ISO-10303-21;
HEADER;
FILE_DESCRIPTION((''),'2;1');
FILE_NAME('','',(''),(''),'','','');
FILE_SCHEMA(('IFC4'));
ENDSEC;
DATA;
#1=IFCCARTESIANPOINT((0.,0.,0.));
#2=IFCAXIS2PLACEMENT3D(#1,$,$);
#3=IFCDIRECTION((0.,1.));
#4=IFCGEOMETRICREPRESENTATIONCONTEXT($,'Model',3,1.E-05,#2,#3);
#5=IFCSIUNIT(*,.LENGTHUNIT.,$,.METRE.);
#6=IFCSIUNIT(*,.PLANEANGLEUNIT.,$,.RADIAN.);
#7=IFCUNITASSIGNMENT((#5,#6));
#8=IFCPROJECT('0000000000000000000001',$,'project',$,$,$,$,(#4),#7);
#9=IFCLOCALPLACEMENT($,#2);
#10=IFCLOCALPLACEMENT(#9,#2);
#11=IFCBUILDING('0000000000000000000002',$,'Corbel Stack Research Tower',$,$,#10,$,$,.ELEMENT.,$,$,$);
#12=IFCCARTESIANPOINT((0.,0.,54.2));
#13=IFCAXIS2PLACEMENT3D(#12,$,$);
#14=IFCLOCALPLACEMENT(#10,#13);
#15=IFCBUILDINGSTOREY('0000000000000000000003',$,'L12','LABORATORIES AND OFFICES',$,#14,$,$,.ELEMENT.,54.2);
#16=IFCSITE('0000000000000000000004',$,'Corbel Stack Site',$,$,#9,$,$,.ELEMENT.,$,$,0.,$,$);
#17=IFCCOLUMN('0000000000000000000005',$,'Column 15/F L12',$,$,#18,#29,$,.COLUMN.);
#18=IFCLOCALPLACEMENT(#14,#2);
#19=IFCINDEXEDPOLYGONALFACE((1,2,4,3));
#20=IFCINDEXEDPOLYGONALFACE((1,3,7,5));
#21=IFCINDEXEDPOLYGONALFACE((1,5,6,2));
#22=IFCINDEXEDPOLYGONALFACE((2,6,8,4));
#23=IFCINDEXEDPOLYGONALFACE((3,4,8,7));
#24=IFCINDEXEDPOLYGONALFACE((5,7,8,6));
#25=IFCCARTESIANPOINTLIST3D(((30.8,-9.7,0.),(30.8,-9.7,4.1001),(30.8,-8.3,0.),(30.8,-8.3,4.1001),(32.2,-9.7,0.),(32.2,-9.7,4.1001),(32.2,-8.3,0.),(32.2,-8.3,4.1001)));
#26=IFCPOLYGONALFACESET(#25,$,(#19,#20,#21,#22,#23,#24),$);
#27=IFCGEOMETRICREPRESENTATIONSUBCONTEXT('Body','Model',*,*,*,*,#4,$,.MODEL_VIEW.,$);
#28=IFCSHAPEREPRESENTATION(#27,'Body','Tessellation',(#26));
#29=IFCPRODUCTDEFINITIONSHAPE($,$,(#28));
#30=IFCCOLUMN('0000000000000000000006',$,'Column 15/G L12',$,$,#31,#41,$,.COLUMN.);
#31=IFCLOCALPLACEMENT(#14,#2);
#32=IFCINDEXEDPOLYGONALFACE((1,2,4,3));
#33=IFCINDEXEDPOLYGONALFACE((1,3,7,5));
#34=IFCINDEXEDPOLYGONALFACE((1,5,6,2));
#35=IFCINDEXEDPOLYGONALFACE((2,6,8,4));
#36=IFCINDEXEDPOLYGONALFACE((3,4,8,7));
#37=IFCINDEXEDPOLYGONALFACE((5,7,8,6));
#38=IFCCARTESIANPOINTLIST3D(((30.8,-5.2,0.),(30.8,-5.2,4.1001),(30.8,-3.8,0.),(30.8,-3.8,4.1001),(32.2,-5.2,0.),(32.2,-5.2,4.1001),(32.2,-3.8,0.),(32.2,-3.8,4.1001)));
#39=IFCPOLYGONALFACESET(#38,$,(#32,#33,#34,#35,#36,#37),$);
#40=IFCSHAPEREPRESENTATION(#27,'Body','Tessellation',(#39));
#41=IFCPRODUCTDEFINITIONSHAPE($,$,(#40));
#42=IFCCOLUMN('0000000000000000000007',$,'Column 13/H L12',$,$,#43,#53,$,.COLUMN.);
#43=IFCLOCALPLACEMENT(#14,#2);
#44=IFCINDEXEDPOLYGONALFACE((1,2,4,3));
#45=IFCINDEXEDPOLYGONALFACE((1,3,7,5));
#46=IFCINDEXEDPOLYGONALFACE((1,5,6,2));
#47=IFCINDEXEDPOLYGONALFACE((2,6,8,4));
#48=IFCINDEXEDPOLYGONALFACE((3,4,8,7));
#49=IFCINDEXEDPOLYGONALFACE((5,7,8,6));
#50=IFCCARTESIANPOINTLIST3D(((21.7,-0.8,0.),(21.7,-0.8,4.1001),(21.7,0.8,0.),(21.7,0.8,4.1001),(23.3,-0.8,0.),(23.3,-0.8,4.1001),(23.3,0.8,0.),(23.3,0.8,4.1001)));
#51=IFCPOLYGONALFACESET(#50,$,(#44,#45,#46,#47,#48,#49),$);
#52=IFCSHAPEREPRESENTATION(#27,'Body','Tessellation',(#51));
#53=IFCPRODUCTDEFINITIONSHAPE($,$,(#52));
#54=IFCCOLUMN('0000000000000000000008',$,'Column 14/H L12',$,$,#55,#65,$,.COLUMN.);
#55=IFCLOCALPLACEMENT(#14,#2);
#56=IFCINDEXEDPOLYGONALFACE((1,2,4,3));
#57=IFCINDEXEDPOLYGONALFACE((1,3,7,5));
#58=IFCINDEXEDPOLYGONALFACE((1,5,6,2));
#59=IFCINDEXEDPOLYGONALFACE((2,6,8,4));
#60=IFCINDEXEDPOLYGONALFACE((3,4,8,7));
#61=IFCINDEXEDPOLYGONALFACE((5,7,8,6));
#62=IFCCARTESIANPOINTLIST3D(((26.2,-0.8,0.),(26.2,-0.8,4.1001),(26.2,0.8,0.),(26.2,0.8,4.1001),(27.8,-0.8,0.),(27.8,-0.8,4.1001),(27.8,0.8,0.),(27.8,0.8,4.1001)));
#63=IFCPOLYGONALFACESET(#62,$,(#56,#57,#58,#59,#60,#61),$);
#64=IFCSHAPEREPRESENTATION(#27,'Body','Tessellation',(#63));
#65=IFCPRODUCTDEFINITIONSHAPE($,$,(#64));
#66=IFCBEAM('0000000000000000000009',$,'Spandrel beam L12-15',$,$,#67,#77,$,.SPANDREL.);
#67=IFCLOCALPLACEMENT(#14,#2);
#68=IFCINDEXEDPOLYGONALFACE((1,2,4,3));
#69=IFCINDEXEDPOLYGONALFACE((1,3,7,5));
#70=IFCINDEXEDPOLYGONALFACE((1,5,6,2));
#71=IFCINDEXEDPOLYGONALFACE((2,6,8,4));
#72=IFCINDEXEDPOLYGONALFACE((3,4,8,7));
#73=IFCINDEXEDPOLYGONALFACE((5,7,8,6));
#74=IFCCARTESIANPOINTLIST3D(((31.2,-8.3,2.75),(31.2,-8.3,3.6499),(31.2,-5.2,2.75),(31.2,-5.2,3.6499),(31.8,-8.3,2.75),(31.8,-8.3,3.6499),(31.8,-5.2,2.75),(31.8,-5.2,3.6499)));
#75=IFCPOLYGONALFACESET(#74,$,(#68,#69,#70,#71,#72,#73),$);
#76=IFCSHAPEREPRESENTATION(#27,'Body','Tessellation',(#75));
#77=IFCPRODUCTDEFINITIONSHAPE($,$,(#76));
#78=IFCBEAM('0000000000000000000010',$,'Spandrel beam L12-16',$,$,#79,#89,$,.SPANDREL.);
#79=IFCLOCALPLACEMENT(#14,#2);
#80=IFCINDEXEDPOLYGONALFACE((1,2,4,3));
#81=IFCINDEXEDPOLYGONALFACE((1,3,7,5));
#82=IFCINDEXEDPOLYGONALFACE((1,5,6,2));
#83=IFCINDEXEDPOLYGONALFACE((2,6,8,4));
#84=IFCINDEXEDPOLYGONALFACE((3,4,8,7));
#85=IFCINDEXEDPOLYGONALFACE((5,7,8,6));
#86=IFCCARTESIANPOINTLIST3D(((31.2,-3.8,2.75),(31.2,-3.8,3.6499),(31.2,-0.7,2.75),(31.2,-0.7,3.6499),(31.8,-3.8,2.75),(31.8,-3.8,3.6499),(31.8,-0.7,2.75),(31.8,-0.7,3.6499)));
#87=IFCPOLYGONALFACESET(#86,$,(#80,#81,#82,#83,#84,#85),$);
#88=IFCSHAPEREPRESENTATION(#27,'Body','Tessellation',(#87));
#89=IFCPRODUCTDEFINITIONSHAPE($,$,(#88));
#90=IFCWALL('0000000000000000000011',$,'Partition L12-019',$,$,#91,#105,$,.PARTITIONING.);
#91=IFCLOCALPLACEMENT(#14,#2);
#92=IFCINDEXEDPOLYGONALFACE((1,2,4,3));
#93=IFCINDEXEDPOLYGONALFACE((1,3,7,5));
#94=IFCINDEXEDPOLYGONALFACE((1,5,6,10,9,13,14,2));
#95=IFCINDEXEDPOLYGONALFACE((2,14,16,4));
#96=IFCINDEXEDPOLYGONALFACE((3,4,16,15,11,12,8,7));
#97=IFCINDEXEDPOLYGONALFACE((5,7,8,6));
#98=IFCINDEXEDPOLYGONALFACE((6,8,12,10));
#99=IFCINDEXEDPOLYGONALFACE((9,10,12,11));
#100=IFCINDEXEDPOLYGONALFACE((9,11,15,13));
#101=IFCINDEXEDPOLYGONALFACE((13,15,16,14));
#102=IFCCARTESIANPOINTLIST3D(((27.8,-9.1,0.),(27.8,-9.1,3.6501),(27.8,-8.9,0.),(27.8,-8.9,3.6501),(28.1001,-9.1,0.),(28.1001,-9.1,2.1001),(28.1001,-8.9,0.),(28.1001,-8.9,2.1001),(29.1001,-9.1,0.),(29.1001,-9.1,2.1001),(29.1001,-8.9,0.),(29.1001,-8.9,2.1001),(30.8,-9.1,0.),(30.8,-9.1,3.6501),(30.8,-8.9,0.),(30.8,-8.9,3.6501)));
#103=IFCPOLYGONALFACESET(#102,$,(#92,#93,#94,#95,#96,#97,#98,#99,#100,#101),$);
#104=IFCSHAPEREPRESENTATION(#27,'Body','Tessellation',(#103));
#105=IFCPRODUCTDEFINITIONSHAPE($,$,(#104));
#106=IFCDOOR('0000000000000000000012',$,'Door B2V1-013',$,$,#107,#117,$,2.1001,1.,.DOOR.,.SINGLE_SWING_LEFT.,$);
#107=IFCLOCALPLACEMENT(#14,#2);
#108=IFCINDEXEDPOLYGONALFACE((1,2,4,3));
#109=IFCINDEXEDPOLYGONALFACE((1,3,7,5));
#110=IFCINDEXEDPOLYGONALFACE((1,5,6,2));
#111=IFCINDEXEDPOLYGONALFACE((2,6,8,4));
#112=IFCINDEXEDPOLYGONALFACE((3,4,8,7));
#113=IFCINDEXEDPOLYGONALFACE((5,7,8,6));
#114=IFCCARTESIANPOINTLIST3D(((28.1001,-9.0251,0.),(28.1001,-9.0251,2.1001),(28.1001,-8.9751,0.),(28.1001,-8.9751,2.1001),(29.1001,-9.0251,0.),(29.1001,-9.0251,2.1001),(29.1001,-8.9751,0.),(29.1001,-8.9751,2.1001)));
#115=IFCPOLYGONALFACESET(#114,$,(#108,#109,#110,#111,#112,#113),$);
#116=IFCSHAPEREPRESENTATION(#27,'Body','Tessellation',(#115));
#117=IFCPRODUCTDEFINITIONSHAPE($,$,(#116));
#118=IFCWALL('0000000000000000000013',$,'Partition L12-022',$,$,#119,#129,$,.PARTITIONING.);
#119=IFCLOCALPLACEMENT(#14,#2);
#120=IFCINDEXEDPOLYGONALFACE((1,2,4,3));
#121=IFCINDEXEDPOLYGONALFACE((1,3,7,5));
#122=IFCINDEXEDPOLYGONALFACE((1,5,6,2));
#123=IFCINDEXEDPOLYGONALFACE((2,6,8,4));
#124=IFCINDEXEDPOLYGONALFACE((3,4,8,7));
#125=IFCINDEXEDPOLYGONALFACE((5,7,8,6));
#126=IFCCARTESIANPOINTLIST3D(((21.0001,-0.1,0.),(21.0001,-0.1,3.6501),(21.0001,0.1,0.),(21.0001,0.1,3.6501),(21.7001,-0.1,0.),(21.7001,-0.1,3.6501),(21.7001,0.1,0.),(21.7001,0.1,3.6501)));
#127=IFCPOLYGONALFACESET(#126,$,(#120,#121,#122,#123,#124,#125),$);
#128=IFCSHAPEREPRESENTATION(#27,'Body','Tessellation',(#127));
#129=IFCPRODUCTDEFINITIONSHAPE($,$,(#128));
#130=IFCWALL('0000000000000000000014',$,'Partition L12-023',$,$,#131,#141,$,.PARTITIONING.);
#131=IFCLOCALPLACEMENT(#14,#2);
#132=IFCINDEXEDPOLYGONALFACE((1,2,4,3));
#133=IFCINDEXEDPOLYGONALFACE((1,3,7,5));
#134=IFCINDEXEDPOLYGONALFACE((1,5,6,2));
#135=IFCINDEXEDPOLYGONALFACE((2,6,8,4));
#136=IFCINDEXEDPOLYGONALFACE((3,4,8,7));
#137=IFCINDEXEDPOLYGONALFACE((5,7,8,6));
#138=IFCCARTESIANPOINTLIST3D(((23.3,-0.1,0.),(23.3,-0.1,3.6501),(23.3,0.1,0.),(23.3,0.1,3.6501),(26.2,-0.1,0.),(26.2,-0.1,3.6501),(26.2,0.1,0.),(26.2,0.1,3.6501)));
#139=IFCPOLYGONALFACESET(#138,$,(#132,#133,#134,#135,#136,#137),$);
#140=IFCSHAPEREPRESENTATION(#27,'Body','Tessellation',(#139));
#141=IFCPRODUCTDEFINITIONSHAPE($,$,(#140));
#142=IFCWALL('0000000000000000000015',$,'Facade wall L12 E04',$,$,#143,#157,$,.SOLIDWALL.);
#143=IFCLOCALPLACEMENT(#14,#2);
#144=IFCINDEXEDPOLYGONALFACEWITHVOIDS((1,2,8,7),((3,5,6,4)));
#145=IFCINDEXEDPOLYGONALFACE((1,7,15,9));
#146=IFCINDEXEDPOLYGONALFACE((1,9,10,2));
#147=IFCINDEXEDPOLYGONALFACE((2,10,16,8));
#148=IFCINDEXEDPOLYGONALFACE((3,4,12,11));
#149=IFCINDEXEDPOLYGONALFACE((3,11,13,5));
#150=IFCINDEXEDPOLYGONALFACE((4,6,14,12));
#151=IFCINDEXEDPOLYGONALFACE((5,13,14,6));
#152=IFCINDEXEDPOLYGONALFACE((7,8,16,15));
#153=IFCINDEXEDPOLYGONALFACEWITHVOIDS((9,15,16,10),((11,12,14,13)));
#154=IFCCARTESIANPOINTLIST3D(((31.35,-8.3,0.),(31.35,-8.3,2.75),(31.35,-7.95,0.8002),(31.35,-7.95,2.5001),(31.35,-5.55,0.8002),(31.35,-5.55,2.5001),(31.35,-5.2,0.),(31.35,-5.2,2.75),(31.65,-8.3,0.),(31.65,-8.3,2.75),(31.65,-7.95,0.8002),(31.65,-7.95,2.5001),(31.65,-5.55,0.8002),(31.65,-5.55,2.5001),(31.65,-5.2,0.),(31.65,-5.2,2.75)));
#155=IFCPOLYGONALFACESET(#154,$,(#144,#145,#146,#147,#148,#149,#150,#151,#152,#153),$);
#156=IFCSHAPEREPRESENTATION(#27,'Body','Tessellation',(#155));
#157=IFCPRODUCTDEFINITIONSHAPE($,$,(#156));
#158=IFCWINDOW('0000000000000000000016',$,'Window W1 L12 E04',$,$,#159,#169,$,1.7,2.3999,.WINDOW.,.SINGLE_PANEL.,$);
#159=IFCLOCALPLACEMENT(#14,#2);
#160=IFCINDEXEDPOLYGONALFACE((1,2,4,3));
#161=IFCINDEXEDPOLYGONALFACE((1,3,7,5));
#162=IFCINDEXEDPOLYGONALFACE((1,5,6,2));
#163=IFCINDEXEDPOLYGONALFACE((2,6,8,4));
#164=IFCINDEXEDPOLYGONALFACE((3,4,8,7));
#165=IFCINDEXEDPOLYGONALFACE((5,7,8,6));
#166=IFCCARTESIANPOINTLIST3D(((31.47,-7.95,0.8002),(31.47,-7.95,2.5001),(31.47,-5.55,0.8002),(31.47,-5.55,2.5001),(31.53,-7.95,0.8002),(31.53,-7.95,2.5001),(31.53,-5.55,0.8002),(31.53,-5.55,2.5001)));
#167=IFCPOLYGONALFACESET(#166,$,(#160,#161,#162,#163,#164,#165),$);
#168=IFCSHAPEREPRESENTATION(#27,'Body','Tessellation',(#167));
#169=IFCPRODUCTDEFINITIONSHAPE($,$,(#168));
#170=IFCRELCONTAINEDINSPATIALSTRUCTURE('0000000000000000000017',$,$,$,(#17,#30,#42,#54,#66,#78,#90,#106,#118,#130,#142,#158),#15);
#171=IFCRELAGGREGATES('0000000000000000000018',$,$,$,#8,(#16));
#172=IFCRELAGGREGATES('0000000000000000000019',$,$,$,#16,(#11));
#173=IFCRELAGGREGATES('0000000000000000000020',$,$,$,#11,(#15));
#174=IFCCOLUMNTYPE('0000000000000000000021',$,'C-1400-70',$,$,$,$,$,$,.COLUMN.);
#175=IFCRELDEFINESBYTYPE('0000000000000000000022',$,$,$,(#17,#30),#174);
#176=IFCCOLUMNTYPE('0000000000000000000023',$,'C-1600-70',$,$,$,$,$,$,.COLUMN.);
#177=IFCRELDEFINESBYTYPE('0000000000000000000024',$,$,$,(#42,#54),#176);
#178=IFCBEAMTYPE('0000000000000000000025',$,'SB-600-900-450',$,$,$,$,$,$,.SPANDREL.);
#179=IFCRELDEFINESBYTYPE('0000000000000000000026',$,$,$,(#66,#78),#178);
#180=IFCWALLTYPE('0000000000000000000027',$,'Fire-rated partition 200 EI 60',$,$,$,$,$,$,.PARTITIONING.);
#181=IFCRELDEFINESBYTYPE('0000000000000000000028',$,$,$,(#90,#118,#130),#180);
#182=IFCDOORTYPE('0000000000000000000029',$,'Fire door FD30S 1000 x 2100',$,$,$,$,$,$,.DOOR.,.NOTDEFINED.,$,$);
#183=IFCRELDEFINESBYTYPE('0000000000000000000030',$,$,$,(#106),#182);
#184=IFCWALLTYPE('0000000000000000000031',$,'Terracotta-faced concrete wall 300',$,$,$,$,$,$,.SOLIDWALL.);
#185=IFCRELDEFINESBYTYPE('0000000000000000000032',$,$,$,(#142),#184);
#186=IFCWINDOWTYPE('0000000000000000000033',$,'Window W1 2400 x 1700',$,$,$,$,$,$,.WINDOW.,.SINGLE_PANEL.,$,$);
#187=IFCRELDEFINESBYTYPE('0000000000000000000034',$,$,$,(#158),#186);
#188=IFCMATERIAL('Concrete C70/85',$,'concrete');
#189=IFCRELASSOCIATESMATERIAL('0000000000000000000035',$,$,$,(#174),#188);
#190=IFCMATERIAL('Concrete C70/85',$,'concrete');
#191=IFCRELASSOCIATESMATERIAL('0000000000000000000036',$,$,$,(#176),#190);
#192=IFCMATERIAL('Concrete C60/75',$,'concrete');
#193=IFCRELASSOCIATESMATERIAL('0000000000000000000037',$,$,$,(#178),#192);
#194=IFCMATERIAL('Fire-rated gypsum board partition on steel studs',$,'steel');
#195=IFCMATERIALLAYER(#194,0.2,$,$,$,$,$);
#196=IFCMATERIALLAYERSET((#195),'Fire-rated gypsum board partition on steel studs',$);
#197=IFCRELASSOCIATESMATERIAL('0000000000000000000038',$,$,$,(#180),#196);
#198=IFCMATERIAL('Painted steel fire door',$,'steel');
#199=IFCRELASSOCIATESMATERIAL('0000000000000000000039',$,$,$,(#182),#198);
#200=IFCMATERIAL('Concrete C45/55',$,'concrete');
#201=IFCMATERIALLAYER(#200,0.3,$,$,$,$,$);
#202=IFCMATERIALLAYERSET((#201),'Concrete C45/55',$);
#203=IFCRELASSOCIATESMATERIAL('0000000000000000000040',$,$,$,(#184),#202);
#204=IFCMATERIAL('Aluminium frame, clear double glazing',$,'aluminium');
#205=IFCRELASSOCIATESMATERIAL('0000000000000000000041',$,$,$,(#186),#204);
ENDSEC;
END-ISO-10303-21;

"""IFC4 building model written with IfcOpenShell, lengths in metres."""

from ifc_helpers import new_model, si_unit, direction, frame, frame_2d, origin, origin_2d, place, context, subcontext, project, spatial, rectangle, extrude, material, layer, layer_set, material_profile, profile_set, type_object, element, fill, save


model = new_model("IFC4")

# Units and contexts
model_context = context("Model", 3, precision=1e-05, world=origin(), true_north=direction((0.0, 1.0)))
body_context = subcontext(model_context, "Body", "Model", "MODEL_VIEW")
ifc_project = project(units=[si_unit("LENGTHUNIT", "METRE"), si_unit("PLANEANGLEUNIT", "RADIAN")], contexts=[model_context])

# Site, building, storey
site_placement = place(None, origin())
site = spatial("IfcSite", under=ifc_project, at=site_placement, Name="Corbel Stack Site", CompositionType="ELEMENT", RefElevation=0.0)
building_placement = place(site_placement, origin())
building = spatial("IfcBuilding", under=site, at=building_placement, Name="Corbel Stack Research Tower", CompositionType="ELEMENT")
storey_placement = place(building_placement, frame((0.0, 0.0, 54.2)))
storey = spatial("IfcBuildingStorey", under=building, at=storey_placement, Name="L12", Description="LABORATORIES AND OFFICES", CompositionType="ELEMENT", Elevation=54.2)

# Columns
ifc_material_1 = material(Name="Concrete C70/85", Category="concrete")
ifc_material_profile_1 = material_profile(ifc_material_1, rectangle(XDim=1.3999, YDim=1.3999, at=origin_2d()), Name="RC 1400 x 1400")
ifc_profile_set_1 = profile_set([ifc_material_profile_1], Name="Concrete C70/85")
column_type_1 = type_object("IfcColumnType", Name="C-1400-70", PredefinedType="COLUMN", material=ifc_profile_set_1)
for number, where, z_axis, x_axis, name in (
    (1, (31.5, -9.0, 0.0), (0.0, 0.0, 1.0), (1.0, 0.0, 0.0), "Column 15/F L12"),
    (2, (31.5, -4.5, 0.0), (0.0, 0.0, 1.0), (1.0, 0.0, 0.0), "Column 15/G L12"),
):
    element("IfcColumn", number, at=place(storey_placement, frame(where, z_axis=z_axis, x_axis=x_axis)), inside=storey, type_object=column_type_1, Name=name, PredefinedType="COLUMN", context=body_context, shape_type="SweptSolid", body=[
        extrude(rectangle(XDim=1.3999, YDim=1.3999, at=origin_2d()), origin(), (0.0, 0.0, 1.0), 4.1001),
    ])
ifc_material_2 = material(Name="Concrete C70/85", Category="concrete")
ifc_material_profile_2 = material_profile(ifc_material_2, rectangle(XDim=1.6001, YDim=1.6001, at=origin_2d()), Name="RC 1600 x 1600")
ifc_profile_set_2 = profile_set([ifc_material_profile_2], Name="Concrete C70/85")
column_type_2 = type_object("IfcColumnType", Name="C-1600-70", PredefinedType="COLUMN", material=ifc_profile_set_2)
for number, where, z_axis, x_axis, name in (
    (3, (22.5, 0.0, 0.0), (0.0, 0.0, 1.0), (1.0, 0.0, 0.0), "Column 13/H L12"),
    (4, (27.0, 0.0, 0.0), (0.0, 0.0, 1.0), (1.0, 0.0, 0.0), "Column 14/H L12"),
):
    element("IfcColumn", number, at=place(storey_placement, frame(where, z_axis=z_axis, x_axis=x_axis)), inside=storey, type_object=column_type_2, Name=name, PredefinedType="COLUMN", context=body_context, shape_type="SweptSolid", body=[
        extrude(rectangle(XDim=1.6001, YDim=1.6001, at=origin_2d()), origin(), (0.0, 0.0, 1.0), 4.1001),
    ])

# Beams
ifc_material_3 = material(Name="Concrete C60/75", Category="concrete")
ifc_material_profile_3 = material_profile(ifc_material_3, rectangle(XDim=0.6001, YDim=0.8999, at=origin_2d()), Name="RC 600 x 900")
ifc_profile_set_3 = profile_set([ifc_material_profile_3], Name="Concrete C60/75")
beam_type = type_object("IfcBeamType", Name="SB-600-900-450", PredefinedType="SPANDREL", material=ifc_profile_set_3)
for number, where, z_axis, x_axis, name in (
    (5, (31.5, -8.3, 3.2), (0.0, 1.0, 0.0), (-1.0, 0.0, 0.0), "Spandrel beam L12-15"),
    (6, (31.5, -3.8, 3.2), (0.0, 1.0, 0.0), (-1.0, 0.0, 0.0), "Spandrel beam L12-16"),
):
    element("IfcBeam", number, at=place(storey_placement, frame(where, z_axis=z_axis, x_axis=x_axis)), inside=storey, type_object=beam_type, Name=name, PredefinedType="SPANDREL", context=body_context, shape_type="SweptSolid", body=[
        extrude(rectangle(XDim=0.6001, YDim=0.8999, at=origin_2d()), origin(), (0.0, 0.0, 1.0), 3.1001),
    ])

# Wall, opening, door
ifc_material_4 = material(Name="Fire-rated gypsum board partition on steel studs", Category="steel")
ifc_layer_1 = layer(ifc_material_4, 0.2)
ifc_layer_set_1 = layer_set([ifc_layer_1], Name="Fire-rated gypsum board partition on steel studs")
wall_type_1 = type_object("IfcWallType", Name="Fire-rated partition 200 EI 60", PredefinedType="PARTITIONING", material=ifc_layer_set_1)
wall_1_placement = place(storey_placement, frame((27.8, -9.0, 0.0), z_axis=(0.0, 0.0, 1.0), x_axis=(1.0, 0.0, 0.0)))
wall_1 = element("IfcWall", 7, at=wall_1_placement, inside=storey, type_object=wall_type_1, Name="Partition L12-019", PredefinedType="PARTITIONING", context=body_context, shape_type="SweptSolid", body=[
    extrude(rectangle(XDim=3.0, YDim=0.2, at=frame_2d((1.5, 0.0))), origin(), (0.0, 0.0, 1.0), 3.6501),
])
opening_1_placement = place(wall_1_placement, frame((0.3, 0.0, 0.0)))
opening_1 = element("IfcOpeningElement", 8, at=opening_1_placement, cuts=wall_1, PredefinedType="OPENING", context=body_context, shape_type="SweptSolid", body=[
    extrude(rectangle(XDim=1.0, YDim=2.1001, at=frame_2d((0.5, 1.05))), frame((0.0, 0.1099, 0.0), z_axis=(0.0, -1.0, 0.0), x_axis=(1.0, 0.0, 0.0)), (0.0, 0.0, 1.0), 0.22),
])
ifc_material_5 = material(Name="Painted steel fire door", Category="steel")
door_type = type_object("IfcDoorType", Name="Fire door FD30S 1000 x 2100", OperationType="NOTDEFINED", PredefinedType="DOOR", material=ifc_material_5)
door_placement = place(opening_1_placement, origin())
door = element("IfcDoor", 9, at=door_placement, inside=storey, type_object=door_type, Name="Door B2V1-013", OperationType="SINGLE_SWING_LEFT", OverallHeight=2.1001, OverallWidth=1.0, PredefinedType="DOOR", context=body_context, shape_type="SweptSolid", body=[
    extrude(rectangle(XDim=1.0, YDim=2.1001, at=frame_2d((0.5, 1.05))), frame((0.0, 0.0249, 0.0), z_axis=(0.0, -1.0, 0.0), x_axis=(1.0, 0.0, 0.0)), (0.0, 0.0, 1.0), 0.05),
])
fill(opening_1, door)

# Walls
wall_2_placement = place(storey_placement, frame((21.0, 0.0, 0.0), z_axis=(0.0, 0.0, 1.0), x_axis=(1.0, 0.0, 0.0)))
element("IfcWall", 10, at=wall_2_placement, inside=storey, type_object=wall_type_1, Name="Partition L12-022", PredefinedType="PARTITIONING", context=body_context, shape_type="SweptSolid", body=[
    extrude(rectangle(XDim=0.7, YDim=0.2, at=frame_2d((0.3501, 0.0))), origin(), (0.0, 0.0, 1.0), 3.6501),
])
wall_3_placement = place(storey_placement, frame((23.3, 0.0, 0.0), z_axis=(0.0, 0.0, 1.0), x_axis=(1.0, 0.0, 0.0)))
element("IfcWall", 11, at=wall_3_placement, inside=storey, type_object=wall_type_1, Name="Partition L12-023", PredefinedType="PARTITIONING", context=body_context, shape_type="SweptSolid", body=[
    extrude(rectangle(XDim=2.8999, YDim=0.2, at=frame_2d((1.45, 0.0))), origin(), (0.0, 0.0, 1.0), 3.6501),
])

# Wall, opening, window
ifc_material_6 = material(Name="Concrete C45/55", Category="concrete")
ifc_layer_2 = layer(ifc_material_6, 0.3)
ifc_layer_set_2 = layer_set([ifc_layer_2], Name="Concrete C45/55")
wall_type_2 = type_object("IfcWallType", Name="Terracotta-faced concrete wall 300", PredefinedType="SOLIDWALL", material=ifc_layer_set_2)
wall_4_placement = place(storey_placement, frame((31.5, -5.2, 0.0), z_axis=(0.0, 0.0, 1.0), x_axis=(0.0, -1.0, 0.0)))
wall_4 = element("IfcWall", 12, at=wall_4_placement, inside=storey, type_object=wall_type_2, Name="Facade wall L12 E04", PredefinedType="SOLIDWALL", context=body_context, shape_type="SweptSolid", body=[
    extrude(rectangle(XDim=3.1001, YDim=0.3, at=frame_2d((1.55, 0.0))), origin(), (0.0, 0.0, 1.0), 2.75),
])
opening_2_placement = place(wall_4_placement, frame((0.3501, 0.0, 0.8)))
opening_2 = element("IfcOpeningElement", 13, at=opening_2_placement, cuts=wall_4, PredefinedType="OPENING", context=body_context, shape_type="SweptSolid", body=[
    extrude(rectangle(XDim=2.3999, YDim=1.7, at=frame_2d((1.2, 0.8501))), frame((0.0, 0.1599, 0.0), z_axis=(0.0, -1.0, 0.0), x_axis=(1.0, 0.0, 0.0)), (0.0, 0.0, 1.0), 0.3201),
])
ifc_material_7 = material(Name="Aluminium frame, clear double glazing", Category="aluminium")
window_type = type_object("IfcWindowType", Name="Window W1 2400 x 1700", PartitioningType="SINGLE_PANEL", PredefinedType="WINDOW", material=ifc_material_7)
window_1_placement = place(opening_2_placement, origin())
window_1 = element("IfcWindow", 14, at=window_1_placement, inside=storey, type_object=window_type, Name="Window W1 L12 E04", OverallHeight=1.7, OverallWidth=2.3999, PartitioningType="SINGLE_PANEL", PredefinedType="WINDOW", context=body_context, shape_type="SweptSolid", body=[
    extrude(rectangle(XDim=2.3999, YDim=1.7, at=frame_2d((1.2, 0.8501))), frame((0.0, 0.03, 0.0), z_axis=(0.0, -1.0, 0.0), x_axis=(1.0, 0.0, 0.0)), (0.0, 0.0, 1.0), 0.0601),
])
fill(opening_2, window_1)

save(model, "model.ifc")
